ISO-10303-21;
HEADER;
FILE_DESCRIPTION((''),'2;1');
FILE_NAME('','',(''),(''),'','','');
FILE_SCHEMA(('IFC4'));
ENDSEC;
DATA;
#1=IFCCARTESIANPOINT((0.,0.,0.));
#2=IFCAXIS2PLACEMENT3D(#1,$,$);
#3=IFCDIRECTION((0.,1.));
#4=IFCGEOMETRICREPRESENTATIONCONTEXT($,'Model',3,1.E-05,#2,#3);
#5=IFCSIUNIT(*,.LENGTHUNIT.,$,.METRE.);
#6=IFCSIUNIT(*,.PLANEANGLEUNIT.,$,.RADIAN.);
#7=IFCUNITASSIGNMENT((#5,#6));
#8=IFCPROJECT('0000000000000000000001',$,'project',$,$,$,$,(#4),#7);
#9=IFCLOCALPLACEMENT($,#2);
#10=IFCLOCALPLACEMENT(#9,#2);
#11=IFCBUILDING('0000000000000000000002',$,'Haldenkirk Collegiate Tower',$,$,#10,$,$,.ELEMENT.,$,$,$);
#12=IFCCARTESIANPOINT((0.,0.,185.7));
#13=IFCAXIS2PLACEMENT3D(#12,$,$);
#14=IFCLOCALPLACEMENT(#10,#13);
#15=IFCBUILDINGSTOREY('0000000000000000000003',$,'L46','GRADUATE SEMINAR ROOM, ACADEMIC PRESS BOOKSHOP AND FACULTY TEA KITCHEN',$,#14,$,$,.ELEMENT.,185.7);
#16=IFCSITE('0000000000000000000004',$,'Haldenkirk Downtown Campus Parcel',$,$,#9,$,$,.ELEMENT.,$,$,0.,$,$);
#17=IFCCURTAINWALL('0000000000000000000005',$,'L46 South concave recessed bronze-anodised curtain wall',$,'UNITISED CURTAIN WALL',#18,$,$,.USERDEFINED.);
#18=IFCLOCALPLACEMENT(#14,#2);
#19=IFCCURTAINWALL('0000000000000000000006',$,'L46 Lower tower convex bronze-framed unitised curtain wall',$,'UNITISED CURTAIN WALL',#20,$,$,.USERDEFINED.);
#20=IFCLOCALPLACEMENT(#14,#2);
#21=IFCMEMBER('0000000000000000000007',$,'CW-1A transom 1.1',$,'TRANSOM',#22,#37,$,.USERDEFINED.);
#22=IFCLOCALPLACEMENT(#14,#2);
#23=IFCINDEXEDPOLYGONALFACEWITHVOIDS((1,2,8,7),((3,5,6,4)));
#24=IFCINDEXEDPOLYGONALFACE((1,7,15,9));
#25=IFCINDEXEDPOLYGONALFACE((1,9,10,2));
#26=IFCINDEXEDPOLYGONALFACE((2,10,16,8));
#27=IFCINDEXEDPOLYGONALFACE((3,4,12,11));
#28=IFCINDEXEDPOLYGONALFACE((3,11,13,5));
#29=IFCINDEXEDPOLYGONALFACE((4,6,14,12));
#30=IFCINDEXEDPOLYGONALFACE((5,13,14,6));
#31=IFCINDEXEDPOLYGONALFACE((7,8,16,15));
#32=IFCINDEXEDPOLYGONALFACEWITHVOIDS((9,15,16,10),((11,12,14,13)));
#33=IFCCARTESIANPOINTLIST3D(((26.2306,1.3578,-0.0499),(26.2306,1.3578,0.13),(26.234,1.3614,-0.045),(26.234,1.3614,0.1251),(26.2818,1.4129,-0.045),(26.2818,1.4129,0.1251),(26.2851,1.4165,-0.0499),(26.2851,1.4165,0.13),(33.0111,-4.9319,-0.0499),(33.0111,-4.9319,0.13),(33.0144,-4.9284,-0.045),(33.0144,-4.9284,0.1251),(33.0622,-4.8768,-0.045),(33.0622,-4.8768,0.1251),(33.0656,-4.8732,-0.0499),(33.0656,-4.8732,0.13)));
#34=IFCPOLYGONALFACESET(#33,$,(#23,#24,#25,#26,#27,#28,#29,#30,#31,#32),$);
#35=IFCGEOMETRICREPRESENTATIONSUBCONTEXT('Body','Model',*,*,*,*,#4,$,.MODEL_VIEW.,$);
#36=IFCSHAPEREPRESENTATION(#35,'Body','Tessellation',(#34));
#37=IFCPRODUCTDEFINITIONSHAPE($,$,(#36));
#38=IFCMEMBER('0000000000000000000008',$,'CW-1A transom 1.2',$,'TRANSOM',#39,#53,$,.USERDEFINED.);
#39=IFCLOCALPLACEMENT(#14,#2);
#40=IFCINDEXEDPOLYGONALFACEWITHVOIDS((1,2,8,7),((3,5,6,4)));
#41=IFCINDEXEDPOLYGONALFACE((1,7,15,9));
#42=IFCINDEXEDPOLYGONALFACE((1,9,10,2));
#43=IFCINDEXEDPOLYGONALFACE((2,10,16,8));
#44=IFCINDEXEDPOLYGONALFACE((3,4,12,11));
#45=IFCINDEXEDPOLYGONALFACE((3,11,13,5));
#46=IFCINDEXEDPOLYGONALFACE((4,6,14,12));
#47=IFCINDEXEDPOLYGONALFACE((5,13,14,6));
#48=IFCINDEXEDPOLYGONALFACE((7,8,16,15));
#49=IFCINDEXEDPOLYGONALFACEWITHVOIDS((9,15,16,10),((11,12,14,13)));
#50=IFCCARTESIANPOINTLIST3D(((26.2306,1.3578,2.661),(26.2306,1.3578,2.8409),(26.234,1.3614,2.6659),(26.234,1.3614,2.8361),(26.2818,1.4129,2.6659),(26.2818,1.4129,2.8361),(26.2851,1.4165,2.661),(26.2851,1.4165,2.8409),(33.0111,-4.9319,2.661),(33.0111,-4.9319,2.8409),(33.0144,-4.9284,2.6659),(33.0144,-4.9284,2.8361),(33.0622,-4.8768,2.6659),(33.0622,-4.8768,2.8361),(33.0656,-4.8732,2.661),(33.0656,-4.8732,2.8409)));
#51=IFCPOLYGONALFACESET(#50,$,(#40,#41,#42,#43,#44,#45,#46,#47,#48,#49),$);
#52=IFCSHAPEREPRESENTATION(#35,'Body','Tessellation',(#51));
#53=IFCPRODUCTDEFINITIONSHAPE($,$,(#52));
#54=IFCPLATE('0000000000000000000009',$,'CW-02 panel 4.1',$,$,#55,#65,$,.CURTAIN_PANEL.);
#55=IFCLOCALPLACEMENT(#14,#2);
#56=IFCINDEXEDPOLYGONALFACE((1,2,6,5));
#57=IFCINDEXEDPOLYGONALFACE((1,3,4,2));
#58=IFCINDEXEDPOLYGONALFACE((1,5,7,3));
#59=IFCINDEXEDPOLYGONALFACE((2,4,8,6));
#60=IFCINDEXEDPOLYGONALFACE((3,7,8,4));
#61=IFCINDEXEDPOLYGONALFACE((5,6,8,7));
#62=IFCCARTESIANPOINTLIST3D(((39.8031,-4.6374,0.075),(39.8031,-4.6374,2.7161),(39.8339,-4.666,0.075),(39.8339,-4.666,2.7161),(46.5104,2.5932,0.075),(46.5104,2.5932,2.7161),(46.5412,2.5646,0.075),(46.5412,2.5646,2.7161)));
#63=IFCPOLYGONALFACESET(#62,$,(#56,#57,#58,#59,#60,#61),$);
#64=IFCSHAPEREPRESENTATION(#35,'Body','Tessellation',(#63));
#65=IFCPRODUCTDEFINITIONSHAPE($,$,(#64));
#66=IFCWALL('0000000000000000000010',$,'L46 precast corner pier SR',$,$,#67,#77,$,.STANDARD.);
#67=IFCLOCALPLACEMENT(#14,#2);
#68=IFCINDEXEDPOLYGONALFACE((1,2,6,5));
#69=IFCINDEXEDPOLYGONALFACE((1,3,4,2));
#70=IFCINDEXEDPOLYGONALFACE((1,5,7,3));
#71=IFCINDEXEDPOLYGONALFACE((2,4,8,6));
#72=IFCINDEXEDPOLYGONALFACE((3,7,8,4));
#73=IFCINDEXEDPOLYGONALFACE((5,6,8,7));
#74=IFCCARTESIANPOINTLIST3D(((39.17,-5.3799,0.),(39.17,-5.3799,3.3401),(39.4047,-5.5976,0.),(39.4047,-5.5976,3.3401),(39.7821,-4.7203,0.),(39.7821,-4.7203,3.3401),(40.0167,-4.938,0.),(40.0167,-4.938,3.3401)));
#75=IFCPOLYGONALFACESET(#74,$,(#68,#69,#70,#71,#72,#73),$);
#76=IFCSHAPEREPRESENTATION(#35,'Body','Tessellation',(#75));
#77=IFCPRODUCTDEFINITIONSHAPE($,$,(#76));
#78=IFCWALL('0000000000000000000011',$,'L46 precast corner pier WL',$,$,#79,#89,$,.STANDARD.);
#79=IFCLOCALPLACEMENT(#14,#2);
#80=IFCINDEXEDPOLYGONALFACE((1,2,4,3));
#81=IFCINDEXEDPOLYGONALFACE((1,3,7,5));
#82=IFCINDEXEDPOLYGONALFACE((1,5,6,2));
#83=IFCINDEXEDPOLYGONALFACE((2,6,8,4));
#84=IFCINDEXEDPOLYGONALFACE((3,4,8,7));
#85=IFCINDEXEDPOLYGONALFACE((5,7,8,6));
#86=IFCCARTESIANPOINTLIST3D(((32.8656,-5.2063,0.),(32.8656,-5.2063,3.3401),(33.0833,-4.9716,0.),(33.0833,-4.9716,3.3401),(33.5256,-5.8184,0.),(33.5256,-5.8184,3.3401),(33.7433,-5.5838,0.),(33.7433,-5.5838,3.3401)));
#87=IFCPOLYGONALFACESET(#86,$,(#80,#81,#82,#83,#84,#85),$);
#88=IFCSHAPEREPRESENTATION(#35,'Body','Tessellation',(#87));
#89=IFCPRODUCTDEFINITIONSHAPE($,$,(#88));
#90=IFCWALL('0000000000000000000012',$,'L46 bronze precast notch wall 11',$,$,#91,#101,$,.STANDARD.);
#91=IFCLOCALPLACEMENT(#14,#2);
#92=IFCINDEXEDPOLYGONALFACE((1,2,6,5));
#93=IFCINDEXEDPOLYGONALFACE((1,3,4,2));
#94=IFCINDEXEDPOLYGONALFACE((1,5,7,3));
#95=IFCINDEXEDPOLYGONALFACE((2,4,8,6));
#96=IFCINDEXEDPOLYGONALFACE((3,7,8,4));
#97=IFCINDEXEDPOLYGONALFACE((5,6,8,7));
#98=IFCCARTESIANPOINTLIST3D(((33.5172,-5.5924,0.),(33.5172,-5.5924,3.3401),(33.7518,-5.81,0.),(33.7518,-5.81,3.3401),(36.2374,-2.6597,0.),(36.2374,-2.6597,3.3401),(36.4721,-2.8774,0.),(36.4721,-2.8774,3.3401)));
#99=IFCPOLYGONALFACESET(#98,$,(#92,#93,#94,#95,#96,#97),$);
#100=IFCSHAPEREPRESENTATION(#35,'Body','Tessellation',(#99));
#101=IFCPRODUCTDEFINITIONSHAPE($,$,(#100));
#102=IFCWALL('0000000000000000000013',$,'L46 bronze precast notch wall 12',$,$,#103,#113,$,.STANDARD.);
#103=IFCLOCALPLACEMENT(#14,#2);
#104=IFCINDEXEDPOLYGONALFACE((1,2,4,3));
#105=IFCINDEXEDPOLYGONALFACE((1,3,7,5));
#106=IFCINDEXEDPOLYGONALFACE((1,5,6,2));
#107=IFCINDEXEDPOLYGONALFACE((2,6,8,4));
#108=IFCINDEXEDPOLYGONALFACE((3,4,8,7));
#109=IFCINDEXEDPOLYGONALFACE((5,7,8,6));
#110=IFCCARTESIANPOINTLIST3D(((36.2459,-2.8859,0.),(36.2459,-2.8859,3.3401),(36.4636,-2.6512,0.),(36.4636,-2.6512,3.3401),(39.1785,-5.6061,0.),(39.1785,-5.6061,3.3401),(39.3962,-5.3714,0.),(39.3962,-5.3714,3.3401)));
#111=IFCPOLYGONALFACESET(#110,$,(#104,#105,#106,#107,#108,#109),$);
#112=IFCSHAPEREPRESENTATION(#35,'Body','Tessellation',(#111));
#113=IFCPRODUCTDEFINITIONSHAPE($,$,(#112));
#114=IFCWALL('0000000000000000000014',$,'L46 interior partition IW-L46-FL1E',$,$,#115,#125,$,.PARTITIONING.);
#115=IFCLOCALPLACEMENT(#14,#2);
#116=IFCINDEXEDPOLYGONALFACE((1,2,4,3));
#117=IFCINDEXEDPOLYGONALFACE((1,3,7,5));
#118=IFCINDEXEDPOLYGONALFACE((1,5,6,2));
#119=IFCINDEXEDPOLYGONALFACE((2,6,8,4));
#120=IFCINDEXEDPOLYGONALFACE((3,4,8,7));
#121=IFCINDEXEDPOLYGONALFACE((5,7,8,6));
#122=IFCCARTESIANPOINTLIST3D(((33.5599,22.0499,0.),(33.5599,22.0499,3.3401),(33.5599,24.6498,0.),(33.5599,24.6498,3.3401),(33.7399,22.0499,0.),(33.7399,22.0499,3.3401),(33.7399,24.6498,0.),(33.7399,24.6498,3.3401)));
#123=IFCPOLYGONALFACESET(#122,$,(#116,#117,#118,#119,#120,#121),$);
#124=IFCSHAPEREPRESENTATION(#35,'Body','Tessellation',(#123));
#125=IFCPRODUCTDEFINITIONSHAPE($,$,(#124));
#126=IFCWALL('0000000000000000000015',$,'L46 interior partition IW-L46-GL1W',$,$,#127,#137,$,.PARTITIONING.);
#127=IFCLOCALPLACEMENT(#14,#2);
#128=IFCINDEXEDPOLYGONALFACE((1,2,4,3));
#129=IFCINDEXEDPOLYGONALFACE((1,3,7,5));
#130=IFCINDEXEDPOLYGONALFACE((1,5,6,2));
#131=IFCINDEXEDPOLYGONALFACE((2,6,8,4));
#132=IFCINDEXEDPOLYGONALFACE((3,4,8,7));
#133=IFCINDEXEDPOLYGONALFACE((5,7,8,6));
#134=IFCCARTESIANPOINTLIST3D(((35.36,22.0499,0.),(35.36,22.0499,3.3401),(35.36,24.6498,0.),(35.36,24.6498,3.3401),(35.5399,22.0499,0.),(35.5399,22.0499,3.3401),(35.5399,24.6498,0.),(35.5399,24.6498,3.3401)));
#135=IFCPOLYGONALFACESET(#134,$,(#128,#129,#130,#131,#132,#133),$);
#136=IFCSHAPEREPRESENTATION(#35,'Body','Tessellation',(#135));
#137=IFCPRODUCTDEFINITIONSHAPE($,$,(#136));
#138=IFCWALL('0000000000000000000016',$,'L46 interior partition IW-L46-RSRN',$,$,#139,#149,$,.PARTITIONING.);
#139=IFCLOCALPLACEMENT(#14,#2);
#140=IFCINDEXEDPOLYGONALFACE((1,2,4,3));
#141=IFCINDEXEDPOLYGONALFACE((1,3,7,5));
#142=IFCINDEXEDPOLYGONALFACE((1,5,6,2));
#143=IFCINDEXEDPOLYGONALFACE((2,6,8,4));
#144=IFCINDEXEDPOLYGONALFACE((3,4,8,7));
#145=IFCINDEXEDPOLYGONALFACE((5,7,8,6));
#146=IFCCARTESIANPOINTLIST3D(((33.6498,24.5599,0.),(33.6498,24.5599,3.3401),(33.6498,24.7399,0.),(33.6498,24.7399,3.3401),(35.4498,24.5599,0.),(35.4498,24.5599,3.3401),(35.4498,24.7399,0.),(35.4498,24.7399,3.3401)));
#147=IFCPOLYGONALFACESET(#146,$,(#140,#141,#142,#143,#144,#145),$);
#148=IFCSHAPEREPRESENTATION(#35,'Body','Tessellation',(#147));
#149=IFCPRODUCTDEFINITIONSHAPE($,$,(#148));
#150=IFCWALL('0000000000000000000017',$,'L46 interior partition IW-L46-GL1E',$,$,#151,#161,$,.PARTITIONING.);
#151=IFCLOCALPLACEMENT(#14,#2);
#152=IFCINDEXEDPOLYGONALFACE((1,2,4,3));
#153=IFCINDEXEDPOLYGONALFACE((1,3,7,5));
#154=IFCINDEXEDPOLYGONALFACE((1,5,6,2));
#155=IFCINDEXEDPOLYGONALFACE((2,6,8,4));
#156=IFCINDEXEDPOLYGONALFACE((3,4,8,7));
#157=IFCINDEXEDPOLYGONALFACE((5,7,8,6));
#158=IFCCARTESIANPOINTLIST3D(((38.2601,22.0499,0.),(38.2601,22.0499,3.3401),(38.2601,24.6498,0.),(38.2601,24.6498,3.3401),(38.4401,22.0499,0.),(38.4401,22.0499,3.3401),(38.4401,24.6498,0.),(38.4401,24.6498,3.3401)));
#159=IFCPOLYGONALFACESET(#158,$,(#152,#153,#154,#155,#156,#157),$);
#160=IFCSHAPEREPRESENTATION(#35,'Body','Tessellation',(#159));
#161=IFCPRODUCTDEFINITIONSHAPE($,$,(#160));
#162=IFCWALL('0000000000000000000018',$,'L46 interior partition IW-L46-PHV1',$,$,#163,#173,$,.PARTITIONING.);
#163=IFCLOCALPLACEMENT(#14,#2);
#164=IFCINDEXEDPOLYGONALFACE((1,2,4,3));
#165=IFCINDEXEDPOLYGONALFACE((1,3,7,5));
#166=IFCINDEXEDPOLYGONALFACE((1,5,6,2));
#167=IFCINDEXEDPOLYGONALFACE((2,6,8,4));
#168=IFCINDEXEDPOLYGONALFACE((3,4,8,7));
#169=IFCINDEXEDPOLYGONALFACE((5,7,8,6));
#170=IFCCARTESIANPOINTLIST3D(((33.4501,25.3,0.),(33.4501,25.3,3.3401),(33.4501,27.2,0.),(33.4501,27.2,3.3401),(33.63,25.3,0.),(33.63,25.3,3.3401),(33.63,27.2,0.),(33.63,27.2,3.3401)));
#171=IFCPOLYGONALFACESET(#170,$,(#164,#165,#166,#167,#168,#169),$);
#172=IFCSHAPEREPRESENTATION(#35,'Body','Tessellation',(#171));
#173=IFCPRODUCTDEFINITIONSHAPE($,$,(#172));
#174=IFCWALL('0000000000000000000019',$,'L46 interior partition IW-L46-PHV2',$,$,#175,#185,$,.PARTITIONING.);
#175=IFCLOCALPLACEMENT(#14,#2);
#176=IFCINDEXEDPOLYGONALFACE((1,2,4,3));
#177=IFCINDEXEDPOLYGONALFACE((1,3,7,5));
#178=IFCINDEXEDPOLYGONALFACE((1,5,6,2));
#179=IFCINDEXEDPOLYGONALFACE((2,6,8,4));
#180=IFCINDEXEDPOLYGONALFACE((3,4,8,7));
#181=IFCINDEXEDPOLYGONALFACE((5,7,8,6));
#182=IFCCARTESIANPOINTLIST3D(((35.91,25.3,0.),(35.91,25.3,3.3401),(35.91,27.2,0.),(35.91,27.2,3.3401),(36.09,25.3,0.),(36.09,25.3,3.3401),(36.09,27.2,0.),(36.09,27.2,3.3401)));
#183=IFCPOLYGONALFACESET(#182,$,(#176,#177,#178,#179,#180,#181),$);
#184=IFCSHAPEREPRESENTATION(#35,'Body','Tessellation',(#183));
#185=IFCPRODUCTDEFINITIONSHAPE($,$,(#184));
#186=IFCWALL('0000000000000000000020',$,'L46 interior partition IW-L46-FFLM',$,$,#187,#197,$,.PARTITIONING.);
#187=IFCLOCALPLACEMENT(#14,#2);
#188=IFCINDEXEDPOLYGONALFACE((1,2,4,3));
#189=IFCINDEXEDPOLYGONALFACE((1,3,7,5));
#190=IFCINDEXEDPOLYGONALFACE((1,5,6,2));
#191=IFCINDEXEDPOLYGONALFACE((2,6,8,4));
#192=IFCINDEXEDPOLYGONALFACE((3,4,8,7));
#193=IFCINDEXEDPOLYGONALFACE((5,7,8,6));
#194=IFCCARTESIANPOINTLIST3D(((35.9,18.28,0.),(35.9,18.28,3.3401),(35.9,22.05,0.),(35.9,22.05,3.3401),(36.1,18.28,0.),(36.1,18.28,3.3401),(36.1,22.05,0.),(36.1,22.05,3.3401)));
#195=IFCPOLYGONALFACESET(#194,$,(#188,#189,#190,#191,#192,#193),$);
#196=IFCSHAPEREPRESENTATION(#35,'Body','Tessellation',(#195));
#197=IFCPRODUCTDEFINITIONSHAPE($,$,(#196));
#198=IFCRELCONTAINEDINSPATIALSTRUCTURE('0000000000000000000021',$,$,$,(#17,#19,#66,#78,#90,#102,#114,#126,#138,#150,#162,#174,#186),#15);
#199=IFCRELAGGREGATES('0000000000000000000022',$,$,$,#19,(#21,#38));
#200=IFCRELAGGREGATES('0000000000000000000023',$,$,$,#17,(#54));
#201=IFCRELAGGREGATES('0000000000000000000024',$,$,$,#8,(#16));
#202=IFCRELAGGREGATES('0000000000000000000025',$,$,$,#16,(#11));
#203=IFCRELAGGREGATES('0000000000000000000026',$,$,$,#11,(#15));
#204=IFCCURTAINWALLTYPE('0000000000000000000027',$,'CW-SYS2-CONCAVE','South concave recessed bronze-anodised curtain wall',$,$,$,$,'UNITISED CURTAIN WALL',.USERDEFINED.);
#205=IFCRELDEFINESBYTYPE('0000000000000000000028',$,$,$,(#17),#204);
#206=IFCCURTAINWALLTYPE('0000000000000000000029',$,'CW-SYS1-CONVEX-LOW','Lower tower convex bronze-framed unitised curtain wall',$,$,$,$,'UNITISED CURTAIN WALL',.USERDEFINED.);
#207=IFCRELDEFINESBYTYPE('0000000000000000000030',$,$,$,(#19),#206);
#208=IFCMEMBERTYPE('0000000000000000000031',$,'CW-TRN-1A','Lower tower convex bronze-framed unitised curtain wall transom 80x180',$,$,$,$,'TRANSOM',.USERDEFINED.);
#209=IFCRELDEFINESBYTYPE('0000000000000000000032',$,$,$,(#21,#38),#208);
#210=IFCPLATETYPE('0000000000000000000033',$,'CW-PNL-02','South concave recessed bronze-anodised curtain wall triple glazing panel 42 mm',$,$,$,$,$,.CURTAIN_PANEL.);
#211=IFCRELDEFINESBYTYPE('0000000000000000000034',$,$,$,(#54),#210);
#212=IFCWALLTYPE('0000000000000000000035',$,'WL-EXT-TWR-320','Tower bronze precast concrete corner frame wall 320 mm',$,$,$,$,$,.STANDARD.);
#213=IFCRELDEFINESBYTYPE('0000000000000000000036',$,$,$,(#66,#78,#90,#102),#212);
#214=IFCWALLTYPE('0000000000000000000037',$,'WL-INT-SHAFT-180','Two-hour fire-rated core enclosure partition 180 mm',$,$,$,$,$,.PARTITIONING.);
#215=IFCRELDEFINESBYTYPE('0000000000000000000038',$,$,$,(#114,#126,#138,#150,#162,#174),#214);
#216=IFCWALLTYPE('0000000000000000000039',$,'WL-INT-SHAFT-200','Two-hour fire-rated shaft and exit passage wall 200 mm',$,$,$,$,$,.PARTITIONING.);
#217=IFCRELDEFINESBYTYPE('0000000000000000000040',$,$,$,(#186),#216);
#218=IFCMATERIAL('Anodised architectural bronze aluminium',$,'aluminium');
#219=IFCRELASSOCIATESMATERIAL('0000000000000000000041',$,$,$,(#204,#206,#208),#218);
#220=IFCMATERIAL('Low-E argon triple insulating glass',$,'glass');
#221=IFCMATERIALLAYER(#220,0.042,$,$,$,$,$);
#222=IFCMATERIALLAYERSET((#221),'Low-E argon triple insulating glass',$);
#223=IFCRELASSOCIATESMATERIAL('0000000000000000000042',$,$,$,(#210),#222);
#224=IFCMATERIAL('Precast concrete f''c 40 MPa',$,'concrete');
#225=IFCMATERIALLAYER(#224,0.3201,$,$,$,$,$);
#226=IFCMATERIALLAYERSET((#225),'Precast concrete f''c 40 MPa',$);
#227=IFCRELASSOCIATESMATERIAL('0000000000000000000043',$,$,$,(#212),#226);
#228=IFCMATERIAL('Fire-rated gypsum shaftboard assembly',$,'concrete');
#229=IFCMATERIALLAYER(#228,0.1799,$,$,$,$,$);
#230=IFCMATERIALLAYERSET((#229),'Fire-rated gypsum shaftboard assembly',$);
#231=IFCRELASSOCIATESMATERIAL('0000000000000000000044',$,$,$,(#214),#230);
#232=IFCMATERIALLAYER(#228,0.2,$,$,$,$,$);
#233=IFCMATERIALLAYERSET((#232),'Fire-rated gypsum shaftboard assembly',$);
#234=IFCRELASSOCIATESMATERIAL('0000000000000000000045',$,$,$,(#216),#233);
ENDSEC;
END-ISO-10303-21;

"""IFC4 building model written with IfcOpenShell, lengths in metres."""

from ifc_helpers import new_model, si_unit, direction, frame, frame_2d, origin, origin_2d, place, context, subcontext, project, spatial, rectangle, hollow_rectangle, extrude, source, transform, mapped, material, layer, layer_set, material_profile, profile_set, type_object, element, aggregate, save


model = new_model("IFC4")

# Units and contexts
model_context = context("Model", 3, precision=1e-05, world=origin(), true_north=direction((0.0, 1.0)))
body_context = subcontext(model_context, "Body", "Model", "MODEL_VIEW")
ifc_project = project(units=[si_unit("LENGTHUNIT", "METRE"), si_unit("PLANEANGLEUNIT", "RADIAN")], contexts=[model_context])

# Site, building, storey
site_placement = place(None, origin())
site = spatial("IfcSite", under=ifc_project, at=site_placement, Name="Haldenkirk Downtown Campus Parcel", CompositionType="ELEMENT", RefElevation=0.0)
building_placement = place(site_placement, origin())
building = spatial("IfcBuilding", under=site, at=building_placement, Name="Haldenkirk Collegiate Tower", CompositionType="ELEMENT")
storey_placement = place(building_placement, frame((0.0, 0.0, 185.7)))
storey = spatial("IfcBuildingStorey", under=building, at=storey_placement, Name="L46", Description="GRADUATE SEMINAR ROOM, ACADEMIC PRESS BOOKSHOP AND FACULTY TEA KITCHEN", CompositionType="ELEMENT", Elevation=185.7)

# Curtain wall
ifc_material_1 = material(Name="Anodised architectural bronze aluminium", Category="aluminium")
curtain_wall_type_1 = type_object("IfcCurtainWallType", Name="CW-SYS2-CONCAVE", Description="South concave recessed bronze-anodised curtain wall", ElementType="UNITISED CURTAIN WALL", PredefinedType="USERDEFINED", material=ifc_material_1)
curtain_wall_1_placement = place(storey_placement, origin())
curtain_wall_1 = element("IfcCurtainWall", 1, at=curtain_wall_1_placement, inside=storey, type_object=curtain_wall_type_1, Name="L46 South concave recessed bronze-anodised curtain wall", ObjectType="UNITISED CURTAIN WALL", PredefinedType="USERDEFINED")

# Curtain wall, members
curtain_wall_type_2 = type_object("IfcCurtainWallType", Name="CW-SYS1-CONVEX-LOW", Description="Lower tower convex bronze-framed unitised curtain wall", ElementType="UNITISED CURTAIN WALL", PredefinedType="USERDEFINED", material=ifc_material_1)
curtain_wall_2_placement = place(storey_placement, origin())
curtain_wall_2 = element("IfcCurtainWall", 2, at=curtain_wall_2_placement, inside=storey, type_object=curtain_wall_type_2, Name="L46 Lower tower convex bronze-framed unitised curtain wall", ObjectType="UNITISED CURTAIN WALL", PredefinedType="USERDEFINED")
ifc_material_profile_1 = material_profile(ifc_material_1, hollow_rectangle(XDim=0.0801, YDim=0.1799, WallThickness=0.0049, at=origin_2d()), Name="CW-TRN-1A")
ifc_profile_set_1 = profile_set([ifc_material_profile_1], Name="Anodised architectural bronze aluminium")
member_type_1 = type_object("IfcMemberType", Name="CW-TRN-1A", Description="Lower tower convex bronze-framed unitised curtain wall transom 80x180", ElementType="TRANSOM", PredefinedType="USERDEFINED", material=ifc_profile_set_1)
member_1_placement = place(storey_placement, frame((33.0383, -4.9026, 0.04), z_axis=(-0.733138, 0.680079, 0.0), x_axis=(-0.680079, -0.733138, 0.0)))
member_1 = element("IfcMember", 3, at=member_1_placement, type_object=member_type_1, Name="CW-1A transom 1.1", ObjectType="TRANSOM", PredefinedType="USERDEFINED", context=body_context, shape_type="SweptSolid", body=[
    extrude(hollow_rectangle(XDim=0.0801, YDim=0.1799, WallThickness=0.0049, at=origin_2d()), origin(), (0.0, 0.0, 1.0), 9.2485),
])
member_2_placement = place(storey_placement, frame((33.0383, -4.9026, 2.751), z_axis=(-0.733138, 0.680079, 0.0), x_axis=(-0.680079, -0.733138, 0.0)))
member_2 = element("IfcMember", 4, at=member_2_placement, type_object=member_type_1, Name="CW-1A transom 1.2", ObjectType="TRANSOM", PredefinedType="USERDEFINED", context=body_context, shape_type="SweptSolid", body=[
    extrude(hollow_rectangle(XDim=0.0801, YDim=0.1799, WallThickness=0.0049, at=origin_2d()), origin(), (0.0, 0.0, 1.0), 9.2485),
])
aggregate(curtain_wall_2, [member_1, member_2])

# Plate
ifc_material_2 = material(Name="Low-E argon triple insulating glass", Category="glass")
ifc_layer_1 = layer(ifc_material_2, 0.042)
ifc_layer_set_1 = layer_set([ifc_layer_1], Name="Low-E argon triple insulating glass")
plate_type = type_object("IfcPlateType", Name="CW-PNL-02", Description="South concave recessed bronze-anodised curtain wall triple glazing panel 42 mm", PredefinedType="CURTAIN_PANEL", material=ifc_layer_set_1)
shared_shape_1 = source(origin(), body_context, "Body", "SweptSolid", [
    extrude(rectangle(XDim=9.8625, YDim=0.042, at=origin_2d()), origin(), (0.0, 0.0, 1.0), 2.6411),
])
plate_placement = place(storey_placement, frame((43.1721, -1.0364, 0.075), z_axis=(0.0, 0.0, 1.0), x_axis=(-0.68008, -0.733138, 0.0)))
plate = element("IfcPlate", 5, at=plate_placement, type_object=plate_type, Name="CW-02 panel 4.1", PredefinedType="CURTAIN_PANEL", context=body_context, shape_type="MappedRepresentation", body=[
    mapped(shared_shape_1, transform((0.0, 0.0, 0.0), x_axis=(1.0, 0.0, 0.0), y_axis=(0.0, 1.0, 0.0), z_axis=(0.0, 0.0, 1.0), scale=1.0)),
])
aggregate(curtain_wall_1, [plate])

# Walls
ifc_material_3 = material(Name="Precast concrete f'c 40 MPa", Category="concrete")
ifc_layer_2 = layer(ifc_material_3, 0.3201)
ifc_layer_set_2 = layer_set([ifc_layer_2], Name="Precast concrete f'c 40 MPa")
wall_type_1 = type_object("IfcWallType", Name="WL-EXT-TWR-320", Description="Tower bronze precast concrete corner frame wall 320 mm", PredefinedType="STANDARD", material=ifc_layer_set_2)
wall_1_placement = place(storey_placement, frame((39.8994, -4.8291, 0.0), z_axis=(0.0, 0.0, 1.0), x_axis=(-0.68016, -0.733064, 0.0)))
element("IfcWall", 6, at=wall_1_placement, inside=storey, type_object=wall_type_1, Name="L46 precast corner pier SR", PredefinedType="STANDARD", context=body_context, shape_type="SweptSolid", body=[
    extrude(rectangle(XDim=0.8999, YDim=0.3201, at=frame_2d((0.45, 0.0))), origin(), (0.0, 0.0, 1.0), 3.3401),
])
wall_2_placement = place(storey_placement, frame((33.6345, -5.7012, 0.0), z_axis=(0.0, 0.0, 1.0), x_axis=(-0.733189, 0.680024, 0.0)))
element("IfcWall", 7, at=wall_2_placement, inside=storey, type_object=wall_type_1, Name="L46 precast corner pier WL", PredefinedType="STANDARD", context=body_context, shape_type="SweptSolid", body=[
    extrude(rectangle(XDim=0.9001, YDim=0.3201, at=frame_2d((0.4502, 0.0))), origin(), (0.0, 0.0, 1.0), 3.3401),
])
for number, where, z_axis, x_axis, name in (
    (8, (36.3547, -2.7686, 0.0), (0.0, 0.0, 1.0), (-0.680058, -0.733159, 0.0), "L46 bronze precast notch wall 11"),
    (9, (39.2874, -5.4888, 0.0), (0.0, 0.0, 1.0), (-0.733159, 0.680058, 0.0), "L46 bronze precast notch wall 12"),
):
    element("IfcWall", number, at=place(storey_placement, frame(where, z_axis=z_axis, x_axis=x_axis)), inside=storey, type_object=wall_type_1, Name=name, PredefinedType="STANDARD", context=body_context, shape_type="SweptSolid", body=[
        extrude(rectangle(XDim=4.0, YDim=0.3201, at=frame_2d((2.0, 0.0))), origin(), (0.0, 0.0, 1.0), 3.3401),
    ])
ifc_material_4 = material(Name="Fire-rated gypsum shaftboard assembly", Category="concrete")
ifc_layer_3 = layer(ifc_material_4, 0.1799)
ifc_layer_set_3 = layer_set([ifc_layer_3], Name="Fire-rated gypsum shaftboard assembly")
wall_type_2 = type_object("IfcWallType", Name="WL-INT-SHAFT-180", Description="Two-hour fire-rated core enclosure partition 180 mm", PredefinedType="PARTITIONING", material=ifc_layer_set_3)
for number, where, z_axis, x_axis, name in (
    (10, (33.6499, 22.05, 0.0), (0.0, 0.0, 1.0), (0.0, 1.0, 0.0), "L46 interior partition IW-L46-FL1E"),
    (11, (35.45, 22.05, 0.0), (0.0, 0.0, 1.0), (0.0, 1.0, 0.0), "L46 interior partition IW-L46-GL1W"),
):
    element("IfcWall", number, at=place(storey_placement, frame(where, z_axis=z_axis, x_axis=x_axis)), inside=storey, type_object=wall_type_2, Name=name, PredefinedType="PARTITIONING", context=body_context, shape_type="SweptSolid", body=[
        extrude(rectangle(XDim=2.5999, YDim=0.1799, at=frame_2d((1.2998, 0.0))), origin(), (0.0, 0.0, 1.0), 3.3401),
    ])
wall_3_placement = place(storey_placement, frame((33.6499, 24.6499, 0.0), z_axis=(0.0, 0.0, 1.0), x_axis=(1.0, 0.0, 0.0)))
element("IfcWall", 12, at=wall_3_placement, inside=storey, type_object=wall_type_2, Name="L46 interior partition IW-L46-RSRN", PredefinedType="PARTITIONING", context=body_context, shape_type="SweptSolid", body=[
    extrude(rectangle(XDim=1.8, YDim=0.1799, at=frame_2d((0.8999, 0.0))), origin(), (0.0, 0.0, 1.0), 3.3401),
])
wall_4_placement = place(storey_placement, frame((38.3501, 22.05, 0.0), z_axis=(0.0, 0.0, 1.0), x_axis=(0.0, 1.0, 0.0)))
element("IfcWall", 13, at=wall_4_placement, inside=storey, type_object=wall_type_2, Name="L46 interior partition IW-L46-GL1E", PredefinedType="PARTITIONING", context=body_context, shape_type="SweptSolid", body=[
    extrude(rectangle(XDim=2.5999, YDim=0.1799, at=frame_2d((1.2998, 0.0))), origin(), (0.0, 0.0, 1.0), 3.3401),
])
for number, where, z_axis, x_axis, name in (
    (14, (33.54, 25.3, 0.0), (0.0, 0.0, 1.0), (0.0, 1.0, 0.0), "L46 interior partition IW-L46-PHV1"),
    (15, (36.0, 25.3, 0.0), (0.0, 0.0, 1.0), (0.0, 1.0, 0.0), "L46 interior partition IW-L46-PHV2"),
):
    element("IfcWall", number, at=place(storey_placement, frame(where, z_axis=z_axis, x_axis=x_axis)), inside=storey, type_object=wall_type_2, Name=name, PredefinedType="PARTITIONING", context=body_context, shape_type="SweptSolid", body=[
        extrude(rectangle(XDim=1.8999, YDim=0.1799, at=frame_2d((0.95, 0.0))), origin(), (0.0, 0.0, 1.0), 3.3401),
    ])
ifc_layer_4 = layer(ifc_material_4, 0.2)
ifc_layer_set_4 = layer_set([ifc_layer_4], Name="Fire-rated gypsum shaftboard assembly")
wall_type_3 = type_object("IfcWallType", Name="WL-INT-SHAFT-200", Description="Two-hour fire-rated shaft and exit passage wall 200 mm", PredefinedType="PARTITIONING", material=ifc_layer_set_4)
wall_5_placement = place(storey_placement, frame((36.0, 18.28, 0.0), z_axis=(0.0, 0.0, 1.0), x_axis=(0.0, 1.0, 0.0)))
element("IfcWall", 16, at=wall_5_placement, inside=storey, type_object=wall_type_3, Name="L46 interior partition IW-L46-FFLM", PredefinedType="PARTITIONING", context=body_context, shape_type="SweptSolid", body=[
    extrude(rectangle(XDim=3.77, YDim=0.2, at=frame_2d((1.885, 0.0))), origin(), (0.0, 0.0, 1.0), 3.3401),
])

save(model, "model.ifc")
